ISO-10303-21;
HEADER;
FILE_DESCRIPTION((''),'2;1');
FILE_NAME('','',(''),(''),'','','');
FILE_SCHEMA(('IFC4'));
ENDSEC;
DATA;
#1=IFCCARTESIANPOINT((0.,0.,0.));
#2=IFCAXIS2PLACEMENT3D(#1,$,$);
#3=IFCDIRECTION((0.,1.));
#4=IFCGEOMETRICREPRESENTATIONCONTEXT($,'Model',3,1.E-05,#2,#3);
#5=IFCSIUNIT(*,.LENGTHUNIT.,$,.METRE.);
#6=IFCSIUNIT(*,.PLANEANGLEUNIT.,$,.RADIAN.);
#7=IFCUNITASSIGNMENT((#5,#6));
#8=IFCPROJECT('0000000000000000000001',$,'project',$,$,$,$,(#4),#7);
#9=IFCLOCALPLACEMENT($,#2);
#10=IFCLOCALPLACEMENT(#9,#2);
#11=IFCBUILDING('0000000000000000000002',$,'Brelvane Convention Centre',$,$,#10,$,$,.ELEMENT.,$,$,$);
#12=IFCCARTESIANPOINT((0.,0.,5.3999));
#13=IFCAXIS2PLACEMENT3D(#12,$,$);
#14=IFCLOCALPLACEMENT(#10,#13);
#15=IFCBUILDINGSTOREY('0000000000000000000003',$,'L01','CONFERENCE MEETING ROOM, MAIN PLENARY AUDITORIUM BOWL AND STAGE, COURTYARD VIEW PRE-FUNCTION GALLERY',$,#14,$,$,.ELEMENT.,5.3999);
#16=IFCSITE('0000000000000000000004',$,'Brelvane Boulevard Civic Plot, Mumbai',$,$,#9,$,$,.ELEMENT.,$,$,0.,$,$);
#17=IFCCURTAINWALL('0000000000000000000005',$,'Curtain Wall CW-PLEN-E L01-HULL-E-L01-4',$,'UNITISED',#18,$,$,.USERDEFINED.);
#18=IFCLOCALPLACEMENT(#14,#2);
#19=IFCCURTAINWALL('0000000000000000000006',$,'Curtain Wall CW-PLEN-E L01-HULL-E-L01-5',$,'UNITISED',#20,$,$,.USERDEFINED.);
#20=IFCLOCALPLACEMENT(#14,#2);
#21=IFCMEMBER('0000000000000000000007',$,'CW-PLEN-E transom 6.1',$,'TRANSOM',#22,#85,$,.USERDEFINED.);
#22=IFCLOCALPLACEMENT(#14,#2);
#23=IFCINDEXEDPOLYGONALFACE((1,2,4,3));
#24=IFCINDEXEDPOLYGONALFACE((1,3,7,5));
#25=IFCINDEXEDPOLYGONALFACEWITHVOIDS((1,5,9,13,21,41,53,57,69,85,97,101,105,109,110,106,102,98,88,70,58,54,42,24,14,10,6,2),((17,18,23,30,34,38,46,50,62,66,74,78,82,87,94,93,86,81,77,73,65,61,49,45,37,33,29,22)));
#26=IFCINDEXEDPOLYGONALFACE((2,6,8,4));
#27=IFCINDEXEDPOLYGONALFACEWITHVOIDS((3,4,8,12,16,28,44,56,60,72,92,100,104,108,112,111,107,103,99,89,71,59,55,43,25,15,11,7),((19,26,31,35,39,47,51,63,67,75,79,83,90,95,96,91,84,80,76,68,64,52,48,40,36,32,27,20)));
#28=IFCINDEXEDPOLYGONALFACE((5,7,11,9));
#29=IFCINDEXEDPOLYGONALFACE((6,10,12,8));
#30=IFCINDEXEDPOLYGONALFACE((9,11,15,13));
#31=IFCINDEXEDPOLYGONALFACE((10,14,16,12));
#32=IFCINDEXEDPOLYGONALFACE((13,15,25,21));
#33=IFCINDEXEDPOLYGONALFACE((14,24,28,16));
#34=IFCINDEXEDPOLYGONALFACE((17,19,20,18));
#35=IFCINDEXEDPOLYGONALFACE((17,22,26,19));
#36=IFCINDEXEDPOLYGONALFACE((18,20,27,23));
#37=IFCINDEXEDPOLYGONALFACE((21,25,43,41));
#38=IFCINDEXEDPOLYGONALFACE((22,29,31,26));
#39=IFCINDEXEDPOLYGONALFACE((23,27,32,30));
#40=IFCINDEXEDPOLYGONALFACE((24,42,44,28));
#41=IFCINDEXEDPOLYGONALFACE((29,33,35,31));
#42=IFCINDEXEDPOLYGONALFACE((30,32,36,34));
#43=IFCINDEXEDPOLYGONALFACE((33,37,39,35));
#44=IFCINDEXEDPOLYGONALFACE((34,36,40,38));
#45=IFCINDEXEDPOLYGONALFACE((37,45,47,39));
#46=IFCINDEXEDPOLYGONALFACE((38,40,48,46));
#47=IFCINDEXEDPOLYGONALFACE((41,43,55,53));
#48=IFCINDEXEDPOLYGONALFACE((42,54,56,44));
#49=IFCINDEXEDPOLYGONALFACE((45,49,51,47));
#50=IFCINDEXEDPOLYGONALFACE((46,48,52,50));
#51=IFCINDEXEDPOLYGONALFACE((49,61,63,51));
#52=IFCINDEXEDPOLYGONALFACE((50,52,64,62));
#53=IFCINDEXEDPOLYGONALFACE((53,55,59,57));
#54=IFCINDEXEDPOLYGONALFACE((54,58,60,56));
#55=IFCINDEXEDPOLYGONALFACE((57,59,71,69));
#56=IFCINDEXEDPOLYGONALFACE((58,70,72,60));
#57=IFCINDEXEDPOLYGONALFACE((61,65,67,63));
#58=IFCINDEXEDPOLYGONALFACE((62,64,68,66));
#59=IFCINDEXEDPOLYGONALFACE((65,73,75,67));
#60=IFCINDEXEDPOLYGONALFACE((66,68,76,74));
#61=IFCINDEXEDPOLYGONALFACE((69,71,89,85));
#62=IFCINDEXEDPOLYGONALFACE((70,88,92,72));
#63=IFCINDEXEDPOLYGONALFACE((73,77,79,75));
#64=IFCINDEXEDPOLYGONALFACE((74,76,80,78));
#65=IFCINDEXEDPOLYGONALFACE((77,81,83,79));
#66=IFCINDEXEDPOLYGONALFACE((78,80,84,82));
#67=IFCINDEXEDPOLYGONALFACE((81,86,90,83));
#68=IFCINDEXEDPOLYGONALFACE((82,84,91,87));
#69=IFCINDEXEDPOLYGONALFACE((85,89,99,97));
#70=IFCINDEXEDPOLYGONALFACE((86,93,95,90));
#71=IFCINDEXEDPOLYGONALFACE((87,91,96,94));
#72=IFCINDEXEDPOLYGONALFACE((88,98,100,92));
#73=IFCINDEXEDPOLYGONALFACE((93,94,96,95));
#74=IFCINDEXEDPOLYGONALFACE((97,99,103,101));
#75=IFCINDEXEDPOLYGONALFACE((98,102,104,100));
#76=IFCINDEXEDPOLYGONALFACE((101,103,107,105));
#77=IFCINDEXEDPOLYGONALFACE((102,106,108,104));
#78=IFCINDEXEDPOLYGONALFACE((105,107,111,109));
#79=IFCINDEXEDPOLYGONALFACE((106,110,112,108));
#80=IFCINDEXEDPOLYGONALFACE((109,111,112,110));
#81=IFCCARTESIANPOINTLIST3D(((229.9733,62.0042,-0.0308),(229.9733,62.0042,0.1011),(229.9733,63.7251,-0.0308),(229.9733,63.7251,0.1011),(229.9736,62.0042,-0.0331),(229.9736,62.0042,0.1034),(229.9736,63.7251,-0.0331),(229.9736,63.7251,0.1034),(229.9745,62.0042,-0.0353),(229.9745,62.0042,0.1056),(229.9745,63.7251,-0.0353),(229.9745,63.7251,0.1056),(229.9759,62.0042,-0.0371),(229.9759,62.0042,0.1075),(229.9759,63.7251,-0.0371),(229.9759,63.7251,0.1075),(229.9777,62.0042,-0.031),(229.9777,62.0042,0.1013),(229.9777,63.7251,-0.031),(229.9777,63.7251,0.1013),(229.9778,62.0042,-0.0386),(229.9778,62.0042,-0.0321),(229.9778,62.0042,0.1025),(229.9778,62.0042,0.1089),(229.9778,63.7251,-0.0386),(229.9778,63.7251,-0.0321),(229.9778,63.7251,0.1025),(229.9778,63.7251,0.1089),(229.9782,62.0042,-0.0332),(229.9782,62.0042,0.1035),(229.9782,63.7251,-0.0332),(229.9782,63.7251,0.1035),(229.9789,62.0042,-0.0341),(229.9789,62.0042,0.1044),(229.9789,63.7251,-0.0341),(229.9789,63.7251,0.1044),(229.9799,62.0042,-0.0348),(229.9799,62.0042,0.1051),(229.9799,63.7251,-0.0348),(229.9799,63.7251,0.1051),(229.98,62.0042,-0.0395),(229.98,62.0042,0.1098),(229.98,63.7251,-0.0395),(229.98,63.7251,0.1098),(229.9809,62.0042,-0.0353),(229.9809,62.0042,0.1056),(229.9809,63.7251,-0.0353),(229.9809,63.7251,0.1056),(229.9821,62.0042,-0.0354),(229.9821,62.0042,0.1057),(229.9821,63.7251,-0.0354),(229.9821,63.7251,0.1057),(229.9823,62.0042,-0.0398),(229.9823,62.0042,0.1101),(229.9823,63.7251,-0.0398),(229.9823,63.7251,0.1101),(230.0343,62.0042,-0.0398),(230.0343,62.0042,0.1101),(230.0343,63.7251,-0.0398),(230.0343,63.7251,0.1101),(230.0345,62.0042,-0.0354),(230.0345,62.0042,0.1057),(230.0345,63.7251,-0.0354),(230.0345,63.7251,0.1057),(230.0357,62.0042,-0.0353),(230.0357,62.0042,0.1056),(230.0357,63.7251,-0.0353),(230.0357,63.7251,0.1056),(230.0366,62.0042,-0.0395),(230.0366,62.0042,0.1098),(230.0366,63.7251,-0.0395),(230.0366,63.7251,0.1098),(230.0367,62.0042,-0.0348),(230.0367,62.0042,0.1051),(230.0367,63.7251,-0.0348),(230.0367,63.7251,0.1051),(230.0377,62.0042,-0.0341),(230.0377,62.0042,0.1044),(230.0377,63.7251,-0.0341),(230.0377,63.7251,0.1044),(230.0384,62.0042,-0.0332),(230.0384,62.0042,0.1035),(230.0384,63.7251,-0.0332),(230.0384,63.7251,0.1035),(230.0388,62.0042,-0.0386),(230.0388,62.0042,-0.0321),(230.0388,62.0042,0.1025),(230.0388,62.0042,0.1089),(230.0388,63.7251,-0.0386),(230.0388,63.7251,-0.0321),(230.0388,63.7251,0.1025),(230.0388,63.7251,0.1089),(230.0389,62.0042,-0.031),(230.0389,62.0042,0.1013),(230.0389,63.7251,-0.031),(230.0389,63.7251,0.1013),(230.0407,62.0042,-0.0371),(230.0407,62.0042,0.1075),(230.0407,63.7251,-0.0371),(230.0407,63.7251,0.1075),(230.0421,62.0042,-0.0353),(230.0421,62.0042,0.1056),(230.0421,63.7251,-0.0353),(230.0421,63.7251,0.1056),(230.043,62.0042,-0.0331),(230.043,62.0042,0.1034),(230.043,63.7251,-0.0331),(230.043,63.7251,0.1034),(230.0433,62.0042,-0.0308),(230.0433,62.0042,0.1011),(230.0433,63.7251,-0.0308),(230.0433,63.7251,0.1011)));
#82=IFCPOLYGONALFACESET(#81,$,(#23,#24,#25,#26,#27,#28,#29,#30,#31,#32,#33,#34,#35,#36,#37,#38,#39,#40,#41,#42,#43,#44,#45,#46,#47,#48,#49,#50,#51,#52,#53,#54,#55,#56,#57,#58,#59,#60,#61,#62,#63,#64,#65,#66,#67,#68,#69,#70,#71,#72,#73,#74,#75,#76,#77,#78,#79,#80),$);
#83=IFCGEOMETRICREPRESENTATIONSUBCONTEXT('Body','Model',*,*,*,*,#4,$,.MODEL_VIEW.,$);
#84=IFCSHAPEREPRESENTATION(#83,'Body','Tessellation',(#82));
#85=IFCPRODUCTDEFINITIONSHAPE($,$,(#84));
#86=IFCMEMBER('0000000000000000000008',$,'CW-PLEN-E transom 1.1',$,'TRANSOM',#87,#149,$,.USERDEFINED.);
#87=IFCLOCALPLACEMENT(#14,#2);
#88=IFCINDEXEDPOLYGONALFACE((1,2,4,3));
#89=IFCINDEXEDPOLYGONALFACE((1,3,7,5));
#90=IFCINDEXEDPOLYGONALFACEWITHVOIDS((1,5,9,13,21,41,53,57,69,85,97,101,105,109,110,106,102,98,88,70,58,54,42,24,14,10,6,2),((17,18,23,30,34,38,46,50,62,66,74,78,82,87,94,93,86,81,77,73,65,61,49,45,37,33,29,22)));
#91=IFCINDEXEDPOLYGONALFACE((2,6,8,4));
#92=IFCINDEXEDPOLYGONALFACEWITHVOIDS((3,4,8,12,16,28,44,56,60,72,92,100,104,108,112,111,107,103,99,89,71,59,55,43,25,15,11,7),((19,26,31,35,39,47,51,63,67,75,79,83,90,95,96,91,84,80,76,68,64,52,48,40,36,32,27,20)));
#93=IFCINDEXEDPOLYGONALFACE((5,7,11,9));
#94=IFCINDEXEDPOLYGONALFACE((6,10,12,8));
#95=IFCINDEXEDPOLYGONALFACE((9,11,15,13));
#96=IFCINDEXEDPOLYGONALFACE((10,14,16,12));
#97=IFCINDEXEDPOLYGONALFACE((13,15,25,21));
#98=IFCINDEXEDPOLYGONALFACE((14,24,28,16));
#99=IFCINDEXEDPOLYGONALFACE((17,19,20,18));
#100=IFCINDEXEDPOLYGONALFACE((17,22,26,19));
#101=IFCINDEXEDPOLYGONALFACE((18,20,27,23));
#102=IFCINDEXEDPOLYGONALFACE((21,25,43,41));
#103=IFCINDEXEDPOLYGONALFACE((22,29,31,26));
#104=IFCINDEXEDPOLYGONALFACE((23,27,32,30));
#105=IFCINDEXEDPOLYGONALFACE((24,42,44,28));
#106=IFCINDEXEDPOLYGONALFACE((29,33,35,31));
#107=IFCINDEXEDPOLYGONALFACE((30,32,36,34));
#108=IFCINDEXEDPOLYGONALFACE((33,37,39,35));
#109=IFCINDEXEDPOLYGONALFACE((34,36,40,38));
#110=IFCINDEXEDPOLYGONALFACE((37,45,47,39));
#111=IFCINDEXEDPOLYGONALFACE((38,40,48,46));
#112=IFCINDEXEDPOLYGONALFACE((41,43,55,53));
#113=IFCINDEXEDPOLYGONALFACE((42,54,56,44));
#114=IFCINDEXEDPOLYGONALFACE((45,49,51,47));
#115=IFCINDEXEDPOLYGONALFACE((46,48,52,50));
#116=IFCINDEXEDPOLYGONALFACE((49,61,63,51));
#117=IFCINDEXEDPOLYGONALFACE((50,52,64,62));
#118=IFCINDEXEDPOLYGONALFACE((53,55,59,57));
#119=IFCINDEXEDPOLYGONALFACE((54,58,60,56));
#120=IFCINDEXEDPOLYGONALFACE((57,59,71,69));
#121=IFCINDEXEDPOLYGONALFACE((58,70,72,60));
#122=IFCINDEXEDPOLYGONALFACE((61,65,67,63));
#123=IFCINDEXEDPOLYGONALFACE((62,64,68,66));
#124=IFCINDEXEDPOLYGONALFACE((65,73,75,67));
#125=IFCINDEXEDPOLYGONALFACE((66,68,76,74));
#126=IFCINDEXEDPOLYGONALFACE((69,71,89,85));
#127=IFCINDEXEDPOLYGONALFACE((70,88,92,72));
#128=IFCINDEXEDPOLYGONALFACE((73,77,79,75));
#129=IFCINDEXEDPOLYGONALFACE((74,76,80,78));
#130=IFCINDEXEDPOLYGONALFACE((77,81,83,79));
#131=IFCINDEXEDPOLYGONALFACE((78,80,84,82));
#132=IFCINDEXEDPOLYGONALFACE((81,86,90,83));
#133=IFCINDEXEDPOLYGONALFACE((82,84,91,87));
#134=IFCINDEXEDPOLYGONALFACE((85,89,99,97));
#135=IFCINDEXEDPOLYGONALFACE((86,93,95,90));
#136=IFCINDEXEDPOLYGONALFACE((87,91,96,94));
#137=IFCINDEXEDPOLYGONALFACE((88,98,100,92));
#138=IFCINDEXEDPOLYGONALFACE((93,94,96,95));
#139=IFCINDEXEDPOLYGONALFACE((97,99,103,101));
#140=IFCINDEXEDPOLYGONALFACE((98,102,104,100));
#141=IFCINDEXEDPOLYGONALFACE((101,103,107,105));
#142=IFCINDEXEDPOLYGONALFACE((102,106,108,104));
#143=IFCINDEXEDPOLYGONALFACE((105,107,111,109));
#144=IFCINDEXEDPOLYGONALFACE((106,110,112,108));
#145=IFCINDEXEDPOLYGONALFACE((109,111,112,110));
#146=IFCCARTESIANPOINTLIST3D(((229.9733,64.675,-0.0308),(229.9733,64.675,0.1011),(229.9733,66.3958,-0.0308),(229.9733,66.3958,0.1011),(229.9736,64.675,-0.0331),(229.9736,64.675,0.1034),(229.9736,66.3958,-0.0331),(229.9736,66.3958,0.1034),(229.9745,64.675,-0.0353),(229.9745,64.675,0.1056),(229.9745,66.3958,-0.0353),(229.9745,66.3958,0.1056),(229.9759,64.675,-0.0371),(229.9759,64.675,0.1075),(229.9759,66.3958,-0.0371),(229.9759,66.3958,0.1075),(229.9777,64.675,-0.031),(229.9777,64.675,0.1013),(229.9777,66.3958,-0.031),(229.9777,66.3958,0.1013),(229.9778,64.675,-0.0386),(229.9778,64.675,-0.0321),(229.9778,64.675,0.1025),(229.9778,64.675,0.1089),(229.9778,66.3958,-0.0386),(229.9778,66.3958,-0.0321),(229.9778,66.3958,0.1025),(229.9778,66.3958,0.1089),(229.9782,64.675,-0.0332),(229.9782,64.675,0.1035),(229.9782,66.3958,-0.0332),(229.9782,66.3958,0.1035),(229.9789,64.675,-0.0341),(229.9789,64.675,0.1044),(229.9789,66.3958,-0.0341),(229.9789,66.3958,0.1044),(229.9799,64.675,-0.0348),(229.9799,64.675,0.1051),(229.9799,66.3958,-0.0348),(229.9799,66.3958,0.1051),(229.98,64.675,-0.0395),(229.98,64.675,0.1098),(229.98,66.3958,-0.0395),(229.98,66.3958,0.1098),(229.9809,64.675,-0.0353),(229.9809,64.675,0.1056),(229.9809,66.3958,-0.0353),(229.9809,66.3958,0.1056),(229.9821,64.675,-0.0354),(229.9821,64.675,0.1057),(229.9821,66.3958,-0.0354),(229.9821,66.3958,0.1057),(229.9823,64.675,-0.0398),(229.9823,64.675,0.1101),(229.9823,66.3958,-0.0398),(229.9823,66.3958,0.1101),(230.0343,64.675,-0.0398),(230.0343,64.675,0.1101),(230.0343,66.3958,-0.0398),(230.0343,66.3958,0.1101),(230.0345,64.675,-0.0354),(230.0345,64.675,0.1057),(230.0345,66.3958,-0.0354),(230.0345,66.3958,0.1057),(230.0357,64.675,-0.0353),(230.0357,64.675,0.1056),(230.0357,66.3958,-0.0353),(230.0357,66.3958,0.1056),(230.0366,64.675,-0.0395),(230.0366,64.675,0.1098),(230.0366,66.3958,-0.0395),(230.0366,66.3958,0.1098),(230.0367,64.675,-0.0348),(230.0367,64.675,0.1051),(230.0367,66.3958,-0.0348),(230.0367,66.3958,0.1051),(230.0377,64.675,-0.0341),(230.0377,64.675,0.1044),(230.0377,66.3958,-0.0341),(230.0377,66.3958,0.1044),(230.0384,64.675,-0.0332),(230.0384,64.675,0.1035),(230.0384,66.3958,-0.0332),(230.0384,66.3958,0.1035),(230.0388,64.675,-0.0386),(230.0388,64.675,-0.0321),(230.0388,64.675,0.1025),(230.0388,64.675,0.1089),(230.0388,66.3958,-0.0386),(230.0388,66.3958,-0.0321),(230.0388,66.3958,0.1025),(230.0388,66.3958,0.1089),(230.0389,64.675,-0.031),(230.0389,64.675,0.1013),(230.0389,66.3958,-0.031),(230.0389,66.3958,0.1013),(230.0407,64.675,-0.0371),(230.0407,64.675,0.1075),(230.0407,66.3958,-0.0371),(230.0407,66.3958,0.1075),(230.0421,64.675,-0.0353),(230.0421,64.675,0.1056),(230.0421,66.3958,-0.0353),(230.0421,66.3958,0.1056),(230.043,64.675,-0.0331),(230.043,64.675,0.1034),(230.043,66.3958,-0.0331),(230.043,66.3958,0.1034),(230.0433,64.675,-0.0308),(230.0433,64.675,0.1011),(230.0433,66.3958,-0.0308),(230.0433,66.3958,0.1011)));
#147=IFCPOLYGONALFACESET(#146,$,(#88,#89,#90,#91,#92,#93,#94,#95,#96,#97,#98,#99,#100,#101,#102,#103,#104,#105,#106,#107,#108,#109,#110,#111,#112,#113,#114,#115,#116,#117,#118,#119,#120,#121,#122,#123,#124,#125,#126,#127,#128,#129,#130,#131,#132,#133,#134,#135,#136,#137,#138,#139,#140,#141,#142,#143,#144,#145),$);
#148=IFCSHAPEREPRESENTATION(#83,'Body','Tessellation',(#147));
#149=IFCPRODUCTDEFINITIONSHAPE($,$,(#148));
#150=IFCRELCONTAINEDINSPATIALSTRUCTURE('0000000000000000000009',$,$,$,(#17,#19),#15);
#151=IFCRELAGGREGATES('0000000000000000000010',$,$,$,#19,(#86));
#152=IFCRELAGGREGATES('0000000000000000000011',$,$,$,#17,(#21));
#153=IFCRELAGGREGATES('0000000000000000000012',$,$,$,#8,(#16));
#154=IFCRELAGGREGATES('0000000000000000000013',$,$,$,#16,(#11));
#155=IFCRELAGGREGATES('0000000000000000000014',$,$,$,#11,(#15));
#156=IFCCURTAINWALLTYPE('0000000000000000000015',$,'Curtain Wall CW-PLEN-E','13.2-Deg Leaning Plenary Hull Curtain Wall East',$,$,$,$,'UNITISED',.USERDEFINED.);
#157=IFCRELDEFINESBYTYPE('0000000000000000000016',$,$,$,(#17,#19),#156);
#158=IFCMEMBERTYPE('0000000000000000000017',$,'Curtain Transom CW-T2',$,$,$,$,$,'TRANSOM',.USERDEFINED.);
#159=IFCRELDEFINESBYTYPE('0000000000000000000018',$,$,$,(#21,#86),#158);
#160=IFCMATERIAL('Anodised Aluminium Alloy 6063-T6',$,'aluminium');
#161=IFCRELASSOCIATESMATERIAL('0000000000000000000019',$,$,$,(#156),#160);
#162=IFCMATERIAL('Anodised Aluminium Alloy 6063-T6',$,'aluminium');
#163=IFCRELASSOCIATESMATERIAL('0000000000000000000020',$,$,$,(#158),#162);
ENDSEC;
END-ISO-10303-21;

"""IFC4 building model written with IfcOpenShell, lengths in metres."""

from ifc_helpers import new_model, si_unit, direction, frame, origin, origin_2d, place, context, subcontext, project, spatial, hollow_rectangle, extrude, material, material_profile, profile_set, type_object, element, aggregate, save


model = new_model("IFC4")

# Units and contexts
model_context = context("Model", 3, precision=1e-05, world=origin(), true_north=direction((0.0, 1.0)))
body_context = subcontext(model_context, "Body", "Model", "MODEL_VIEW")
ifc_project = project(units=[si_unit("LENGTHUNIT", "METRE"), si_unit("PLANEANGLEUNIT", "RADIAN")], contexts=[model_context])

# Site, building, storey
site_placement = place(None, origin())
site = spatial("IfcSite", under=ifc_project, at=site_placement, Name="Brelvane Boulevard Civic Plot, Mumbai", CompositionType="ELEMENT", RefElevation=0.0)
building_placement = place(site_placement, origin())
building = spatial("IfcBuilding", under=site, at=building_placement, Name="Brelvane Convention Centre", CompositionType="ELEMENT")
storey_placement = place(building_placement, frame((0.0, 0.0, 5.3999)))
storey = spatial("IfcBuildingStorey", under=building, at=storey_placement, Name="L01", Description="CONFERENCE MEETING ROOM, MAIN PLENARY AUDITORIUM BOWL AND STAGE, COURTYARD VIEW PRE-FUNCTION GALLERY", CompositionType="ELEMENT", Elevation=5.3999)

# Curtain walls
ifc_material_1 = material(Name="Anodised Aluminium Alloy 6063-T6", Category="aluminium")
curtain_wall_type = type_object("IfcCurtainWallType", Name="Curtain Wall CW-PLEN-E", Description="13.2-Deg Leaning Plenary Hull Curtain Wall East", ElementType="UNITISED", PredefinedType="USERDEFINED", material=ifc_material_1)
curtain_wall_1_placement = place(storey_placement, origin())
curtain_wall_1 = element("IfcCurtainWall", 1, at=curtain_wall_1_placement, inside=storey, type_object=curtain_wall_type, Name="Curtain Wall CW-PLEN-E L01-HULL-E-L01-4", ObjectType="UNITISED", PredefinedType="USERDEFINED")
curtain_wall_2_placement = place(storey_placement, origin())
curtain_wall_2 = element("IfcCurtainWall", 2, at=curtain_wall_2_placement, inside=storey, type_object=curtain_wall_type, Name="Curtain Wall CW-PLEN-E L01-HULL-E-L01-5", ObjectType="UNITISED", PredefinedType="USERDEFINED")

# Members
ifc_material_2 = material(Name="Anodised Aluminium Alloy 6063-T6", Category="aluminium")
ifc_material_profile_1 = material_profile(ifc_material_2, hollow_rectangle(XDim=0.0701, YDim=0.1499, WallThickness=0.0044, InnerFilletRadius=0.0044, OuterFilletRadius=0.009, at=origin_2d()), Name="ALU-T 150x70x4.5")
ifc_profile_set_1 = profile_set([ifc_material_profile_1], Name="Anodised Aluminium Alloy 6063-T6")
member_type_1 = type_object("IfcMemberType", Name="Curtain Transom CW-T2", ElementType="TRANSOM", PredefinedType="USERDEFINED", material=ifc_profile_set_1)
member_1_placement = place(storey_placement, frame((230.0083, 62.0042, 0.0352), z_axis=(0.0, 1.0, 0.0), x_axis=(-1.0, 0.0, 0.0)))
member_1 = element("IfcMember", 3, at=member_1_placement, type_object=member_type_1, Name="CW-PLEN-E transom 6.1", ObjectType="TRANSOM", PredefinedType="USERDEFINED", context=body_context, shape_type="SweptSolid", body=[
    extrude(hollow_rectangle(XDim=0.0701, YDim=0.1499, WallThickness=0.0044, InnerFilletRadius=0.0044, OuterFilletRadius=0.009, at=origin_2d()), origin(), (0.0, 0.0, 1.0), 1.7209),
])
member_2_placement = place(storey_placement, frame((230.0083, 64.675, 0.0352), z_axis=(0.0, 1.0, 0.0), x_axis=(-1.0, 0.0, 0.0)))
member_2 = element("IfcMember", 4, at=member_2_placement, type_object=member_type_1, Name="CW-PLEN-E transom 1.1", ObjectType="TRANSOM", PredefinedType="USERDEFINED", context=body_context, shape_type="SweptSolid", body=[
    extrude(hollow_rectangle(XDim=0.0701, YDim=0.1499, WallThickness=0.0044, InnerFilletRadius=0.0044, OuterFilletRadius=0.009, at=origin_2d()), origin(), (0.0, 0.0, 1.0), 1.7207),
])
aggregate(curtain_wall_2, [member_2])

aggregate(curtain_wall_1, [member_1])

save(model, "model.ifc")
